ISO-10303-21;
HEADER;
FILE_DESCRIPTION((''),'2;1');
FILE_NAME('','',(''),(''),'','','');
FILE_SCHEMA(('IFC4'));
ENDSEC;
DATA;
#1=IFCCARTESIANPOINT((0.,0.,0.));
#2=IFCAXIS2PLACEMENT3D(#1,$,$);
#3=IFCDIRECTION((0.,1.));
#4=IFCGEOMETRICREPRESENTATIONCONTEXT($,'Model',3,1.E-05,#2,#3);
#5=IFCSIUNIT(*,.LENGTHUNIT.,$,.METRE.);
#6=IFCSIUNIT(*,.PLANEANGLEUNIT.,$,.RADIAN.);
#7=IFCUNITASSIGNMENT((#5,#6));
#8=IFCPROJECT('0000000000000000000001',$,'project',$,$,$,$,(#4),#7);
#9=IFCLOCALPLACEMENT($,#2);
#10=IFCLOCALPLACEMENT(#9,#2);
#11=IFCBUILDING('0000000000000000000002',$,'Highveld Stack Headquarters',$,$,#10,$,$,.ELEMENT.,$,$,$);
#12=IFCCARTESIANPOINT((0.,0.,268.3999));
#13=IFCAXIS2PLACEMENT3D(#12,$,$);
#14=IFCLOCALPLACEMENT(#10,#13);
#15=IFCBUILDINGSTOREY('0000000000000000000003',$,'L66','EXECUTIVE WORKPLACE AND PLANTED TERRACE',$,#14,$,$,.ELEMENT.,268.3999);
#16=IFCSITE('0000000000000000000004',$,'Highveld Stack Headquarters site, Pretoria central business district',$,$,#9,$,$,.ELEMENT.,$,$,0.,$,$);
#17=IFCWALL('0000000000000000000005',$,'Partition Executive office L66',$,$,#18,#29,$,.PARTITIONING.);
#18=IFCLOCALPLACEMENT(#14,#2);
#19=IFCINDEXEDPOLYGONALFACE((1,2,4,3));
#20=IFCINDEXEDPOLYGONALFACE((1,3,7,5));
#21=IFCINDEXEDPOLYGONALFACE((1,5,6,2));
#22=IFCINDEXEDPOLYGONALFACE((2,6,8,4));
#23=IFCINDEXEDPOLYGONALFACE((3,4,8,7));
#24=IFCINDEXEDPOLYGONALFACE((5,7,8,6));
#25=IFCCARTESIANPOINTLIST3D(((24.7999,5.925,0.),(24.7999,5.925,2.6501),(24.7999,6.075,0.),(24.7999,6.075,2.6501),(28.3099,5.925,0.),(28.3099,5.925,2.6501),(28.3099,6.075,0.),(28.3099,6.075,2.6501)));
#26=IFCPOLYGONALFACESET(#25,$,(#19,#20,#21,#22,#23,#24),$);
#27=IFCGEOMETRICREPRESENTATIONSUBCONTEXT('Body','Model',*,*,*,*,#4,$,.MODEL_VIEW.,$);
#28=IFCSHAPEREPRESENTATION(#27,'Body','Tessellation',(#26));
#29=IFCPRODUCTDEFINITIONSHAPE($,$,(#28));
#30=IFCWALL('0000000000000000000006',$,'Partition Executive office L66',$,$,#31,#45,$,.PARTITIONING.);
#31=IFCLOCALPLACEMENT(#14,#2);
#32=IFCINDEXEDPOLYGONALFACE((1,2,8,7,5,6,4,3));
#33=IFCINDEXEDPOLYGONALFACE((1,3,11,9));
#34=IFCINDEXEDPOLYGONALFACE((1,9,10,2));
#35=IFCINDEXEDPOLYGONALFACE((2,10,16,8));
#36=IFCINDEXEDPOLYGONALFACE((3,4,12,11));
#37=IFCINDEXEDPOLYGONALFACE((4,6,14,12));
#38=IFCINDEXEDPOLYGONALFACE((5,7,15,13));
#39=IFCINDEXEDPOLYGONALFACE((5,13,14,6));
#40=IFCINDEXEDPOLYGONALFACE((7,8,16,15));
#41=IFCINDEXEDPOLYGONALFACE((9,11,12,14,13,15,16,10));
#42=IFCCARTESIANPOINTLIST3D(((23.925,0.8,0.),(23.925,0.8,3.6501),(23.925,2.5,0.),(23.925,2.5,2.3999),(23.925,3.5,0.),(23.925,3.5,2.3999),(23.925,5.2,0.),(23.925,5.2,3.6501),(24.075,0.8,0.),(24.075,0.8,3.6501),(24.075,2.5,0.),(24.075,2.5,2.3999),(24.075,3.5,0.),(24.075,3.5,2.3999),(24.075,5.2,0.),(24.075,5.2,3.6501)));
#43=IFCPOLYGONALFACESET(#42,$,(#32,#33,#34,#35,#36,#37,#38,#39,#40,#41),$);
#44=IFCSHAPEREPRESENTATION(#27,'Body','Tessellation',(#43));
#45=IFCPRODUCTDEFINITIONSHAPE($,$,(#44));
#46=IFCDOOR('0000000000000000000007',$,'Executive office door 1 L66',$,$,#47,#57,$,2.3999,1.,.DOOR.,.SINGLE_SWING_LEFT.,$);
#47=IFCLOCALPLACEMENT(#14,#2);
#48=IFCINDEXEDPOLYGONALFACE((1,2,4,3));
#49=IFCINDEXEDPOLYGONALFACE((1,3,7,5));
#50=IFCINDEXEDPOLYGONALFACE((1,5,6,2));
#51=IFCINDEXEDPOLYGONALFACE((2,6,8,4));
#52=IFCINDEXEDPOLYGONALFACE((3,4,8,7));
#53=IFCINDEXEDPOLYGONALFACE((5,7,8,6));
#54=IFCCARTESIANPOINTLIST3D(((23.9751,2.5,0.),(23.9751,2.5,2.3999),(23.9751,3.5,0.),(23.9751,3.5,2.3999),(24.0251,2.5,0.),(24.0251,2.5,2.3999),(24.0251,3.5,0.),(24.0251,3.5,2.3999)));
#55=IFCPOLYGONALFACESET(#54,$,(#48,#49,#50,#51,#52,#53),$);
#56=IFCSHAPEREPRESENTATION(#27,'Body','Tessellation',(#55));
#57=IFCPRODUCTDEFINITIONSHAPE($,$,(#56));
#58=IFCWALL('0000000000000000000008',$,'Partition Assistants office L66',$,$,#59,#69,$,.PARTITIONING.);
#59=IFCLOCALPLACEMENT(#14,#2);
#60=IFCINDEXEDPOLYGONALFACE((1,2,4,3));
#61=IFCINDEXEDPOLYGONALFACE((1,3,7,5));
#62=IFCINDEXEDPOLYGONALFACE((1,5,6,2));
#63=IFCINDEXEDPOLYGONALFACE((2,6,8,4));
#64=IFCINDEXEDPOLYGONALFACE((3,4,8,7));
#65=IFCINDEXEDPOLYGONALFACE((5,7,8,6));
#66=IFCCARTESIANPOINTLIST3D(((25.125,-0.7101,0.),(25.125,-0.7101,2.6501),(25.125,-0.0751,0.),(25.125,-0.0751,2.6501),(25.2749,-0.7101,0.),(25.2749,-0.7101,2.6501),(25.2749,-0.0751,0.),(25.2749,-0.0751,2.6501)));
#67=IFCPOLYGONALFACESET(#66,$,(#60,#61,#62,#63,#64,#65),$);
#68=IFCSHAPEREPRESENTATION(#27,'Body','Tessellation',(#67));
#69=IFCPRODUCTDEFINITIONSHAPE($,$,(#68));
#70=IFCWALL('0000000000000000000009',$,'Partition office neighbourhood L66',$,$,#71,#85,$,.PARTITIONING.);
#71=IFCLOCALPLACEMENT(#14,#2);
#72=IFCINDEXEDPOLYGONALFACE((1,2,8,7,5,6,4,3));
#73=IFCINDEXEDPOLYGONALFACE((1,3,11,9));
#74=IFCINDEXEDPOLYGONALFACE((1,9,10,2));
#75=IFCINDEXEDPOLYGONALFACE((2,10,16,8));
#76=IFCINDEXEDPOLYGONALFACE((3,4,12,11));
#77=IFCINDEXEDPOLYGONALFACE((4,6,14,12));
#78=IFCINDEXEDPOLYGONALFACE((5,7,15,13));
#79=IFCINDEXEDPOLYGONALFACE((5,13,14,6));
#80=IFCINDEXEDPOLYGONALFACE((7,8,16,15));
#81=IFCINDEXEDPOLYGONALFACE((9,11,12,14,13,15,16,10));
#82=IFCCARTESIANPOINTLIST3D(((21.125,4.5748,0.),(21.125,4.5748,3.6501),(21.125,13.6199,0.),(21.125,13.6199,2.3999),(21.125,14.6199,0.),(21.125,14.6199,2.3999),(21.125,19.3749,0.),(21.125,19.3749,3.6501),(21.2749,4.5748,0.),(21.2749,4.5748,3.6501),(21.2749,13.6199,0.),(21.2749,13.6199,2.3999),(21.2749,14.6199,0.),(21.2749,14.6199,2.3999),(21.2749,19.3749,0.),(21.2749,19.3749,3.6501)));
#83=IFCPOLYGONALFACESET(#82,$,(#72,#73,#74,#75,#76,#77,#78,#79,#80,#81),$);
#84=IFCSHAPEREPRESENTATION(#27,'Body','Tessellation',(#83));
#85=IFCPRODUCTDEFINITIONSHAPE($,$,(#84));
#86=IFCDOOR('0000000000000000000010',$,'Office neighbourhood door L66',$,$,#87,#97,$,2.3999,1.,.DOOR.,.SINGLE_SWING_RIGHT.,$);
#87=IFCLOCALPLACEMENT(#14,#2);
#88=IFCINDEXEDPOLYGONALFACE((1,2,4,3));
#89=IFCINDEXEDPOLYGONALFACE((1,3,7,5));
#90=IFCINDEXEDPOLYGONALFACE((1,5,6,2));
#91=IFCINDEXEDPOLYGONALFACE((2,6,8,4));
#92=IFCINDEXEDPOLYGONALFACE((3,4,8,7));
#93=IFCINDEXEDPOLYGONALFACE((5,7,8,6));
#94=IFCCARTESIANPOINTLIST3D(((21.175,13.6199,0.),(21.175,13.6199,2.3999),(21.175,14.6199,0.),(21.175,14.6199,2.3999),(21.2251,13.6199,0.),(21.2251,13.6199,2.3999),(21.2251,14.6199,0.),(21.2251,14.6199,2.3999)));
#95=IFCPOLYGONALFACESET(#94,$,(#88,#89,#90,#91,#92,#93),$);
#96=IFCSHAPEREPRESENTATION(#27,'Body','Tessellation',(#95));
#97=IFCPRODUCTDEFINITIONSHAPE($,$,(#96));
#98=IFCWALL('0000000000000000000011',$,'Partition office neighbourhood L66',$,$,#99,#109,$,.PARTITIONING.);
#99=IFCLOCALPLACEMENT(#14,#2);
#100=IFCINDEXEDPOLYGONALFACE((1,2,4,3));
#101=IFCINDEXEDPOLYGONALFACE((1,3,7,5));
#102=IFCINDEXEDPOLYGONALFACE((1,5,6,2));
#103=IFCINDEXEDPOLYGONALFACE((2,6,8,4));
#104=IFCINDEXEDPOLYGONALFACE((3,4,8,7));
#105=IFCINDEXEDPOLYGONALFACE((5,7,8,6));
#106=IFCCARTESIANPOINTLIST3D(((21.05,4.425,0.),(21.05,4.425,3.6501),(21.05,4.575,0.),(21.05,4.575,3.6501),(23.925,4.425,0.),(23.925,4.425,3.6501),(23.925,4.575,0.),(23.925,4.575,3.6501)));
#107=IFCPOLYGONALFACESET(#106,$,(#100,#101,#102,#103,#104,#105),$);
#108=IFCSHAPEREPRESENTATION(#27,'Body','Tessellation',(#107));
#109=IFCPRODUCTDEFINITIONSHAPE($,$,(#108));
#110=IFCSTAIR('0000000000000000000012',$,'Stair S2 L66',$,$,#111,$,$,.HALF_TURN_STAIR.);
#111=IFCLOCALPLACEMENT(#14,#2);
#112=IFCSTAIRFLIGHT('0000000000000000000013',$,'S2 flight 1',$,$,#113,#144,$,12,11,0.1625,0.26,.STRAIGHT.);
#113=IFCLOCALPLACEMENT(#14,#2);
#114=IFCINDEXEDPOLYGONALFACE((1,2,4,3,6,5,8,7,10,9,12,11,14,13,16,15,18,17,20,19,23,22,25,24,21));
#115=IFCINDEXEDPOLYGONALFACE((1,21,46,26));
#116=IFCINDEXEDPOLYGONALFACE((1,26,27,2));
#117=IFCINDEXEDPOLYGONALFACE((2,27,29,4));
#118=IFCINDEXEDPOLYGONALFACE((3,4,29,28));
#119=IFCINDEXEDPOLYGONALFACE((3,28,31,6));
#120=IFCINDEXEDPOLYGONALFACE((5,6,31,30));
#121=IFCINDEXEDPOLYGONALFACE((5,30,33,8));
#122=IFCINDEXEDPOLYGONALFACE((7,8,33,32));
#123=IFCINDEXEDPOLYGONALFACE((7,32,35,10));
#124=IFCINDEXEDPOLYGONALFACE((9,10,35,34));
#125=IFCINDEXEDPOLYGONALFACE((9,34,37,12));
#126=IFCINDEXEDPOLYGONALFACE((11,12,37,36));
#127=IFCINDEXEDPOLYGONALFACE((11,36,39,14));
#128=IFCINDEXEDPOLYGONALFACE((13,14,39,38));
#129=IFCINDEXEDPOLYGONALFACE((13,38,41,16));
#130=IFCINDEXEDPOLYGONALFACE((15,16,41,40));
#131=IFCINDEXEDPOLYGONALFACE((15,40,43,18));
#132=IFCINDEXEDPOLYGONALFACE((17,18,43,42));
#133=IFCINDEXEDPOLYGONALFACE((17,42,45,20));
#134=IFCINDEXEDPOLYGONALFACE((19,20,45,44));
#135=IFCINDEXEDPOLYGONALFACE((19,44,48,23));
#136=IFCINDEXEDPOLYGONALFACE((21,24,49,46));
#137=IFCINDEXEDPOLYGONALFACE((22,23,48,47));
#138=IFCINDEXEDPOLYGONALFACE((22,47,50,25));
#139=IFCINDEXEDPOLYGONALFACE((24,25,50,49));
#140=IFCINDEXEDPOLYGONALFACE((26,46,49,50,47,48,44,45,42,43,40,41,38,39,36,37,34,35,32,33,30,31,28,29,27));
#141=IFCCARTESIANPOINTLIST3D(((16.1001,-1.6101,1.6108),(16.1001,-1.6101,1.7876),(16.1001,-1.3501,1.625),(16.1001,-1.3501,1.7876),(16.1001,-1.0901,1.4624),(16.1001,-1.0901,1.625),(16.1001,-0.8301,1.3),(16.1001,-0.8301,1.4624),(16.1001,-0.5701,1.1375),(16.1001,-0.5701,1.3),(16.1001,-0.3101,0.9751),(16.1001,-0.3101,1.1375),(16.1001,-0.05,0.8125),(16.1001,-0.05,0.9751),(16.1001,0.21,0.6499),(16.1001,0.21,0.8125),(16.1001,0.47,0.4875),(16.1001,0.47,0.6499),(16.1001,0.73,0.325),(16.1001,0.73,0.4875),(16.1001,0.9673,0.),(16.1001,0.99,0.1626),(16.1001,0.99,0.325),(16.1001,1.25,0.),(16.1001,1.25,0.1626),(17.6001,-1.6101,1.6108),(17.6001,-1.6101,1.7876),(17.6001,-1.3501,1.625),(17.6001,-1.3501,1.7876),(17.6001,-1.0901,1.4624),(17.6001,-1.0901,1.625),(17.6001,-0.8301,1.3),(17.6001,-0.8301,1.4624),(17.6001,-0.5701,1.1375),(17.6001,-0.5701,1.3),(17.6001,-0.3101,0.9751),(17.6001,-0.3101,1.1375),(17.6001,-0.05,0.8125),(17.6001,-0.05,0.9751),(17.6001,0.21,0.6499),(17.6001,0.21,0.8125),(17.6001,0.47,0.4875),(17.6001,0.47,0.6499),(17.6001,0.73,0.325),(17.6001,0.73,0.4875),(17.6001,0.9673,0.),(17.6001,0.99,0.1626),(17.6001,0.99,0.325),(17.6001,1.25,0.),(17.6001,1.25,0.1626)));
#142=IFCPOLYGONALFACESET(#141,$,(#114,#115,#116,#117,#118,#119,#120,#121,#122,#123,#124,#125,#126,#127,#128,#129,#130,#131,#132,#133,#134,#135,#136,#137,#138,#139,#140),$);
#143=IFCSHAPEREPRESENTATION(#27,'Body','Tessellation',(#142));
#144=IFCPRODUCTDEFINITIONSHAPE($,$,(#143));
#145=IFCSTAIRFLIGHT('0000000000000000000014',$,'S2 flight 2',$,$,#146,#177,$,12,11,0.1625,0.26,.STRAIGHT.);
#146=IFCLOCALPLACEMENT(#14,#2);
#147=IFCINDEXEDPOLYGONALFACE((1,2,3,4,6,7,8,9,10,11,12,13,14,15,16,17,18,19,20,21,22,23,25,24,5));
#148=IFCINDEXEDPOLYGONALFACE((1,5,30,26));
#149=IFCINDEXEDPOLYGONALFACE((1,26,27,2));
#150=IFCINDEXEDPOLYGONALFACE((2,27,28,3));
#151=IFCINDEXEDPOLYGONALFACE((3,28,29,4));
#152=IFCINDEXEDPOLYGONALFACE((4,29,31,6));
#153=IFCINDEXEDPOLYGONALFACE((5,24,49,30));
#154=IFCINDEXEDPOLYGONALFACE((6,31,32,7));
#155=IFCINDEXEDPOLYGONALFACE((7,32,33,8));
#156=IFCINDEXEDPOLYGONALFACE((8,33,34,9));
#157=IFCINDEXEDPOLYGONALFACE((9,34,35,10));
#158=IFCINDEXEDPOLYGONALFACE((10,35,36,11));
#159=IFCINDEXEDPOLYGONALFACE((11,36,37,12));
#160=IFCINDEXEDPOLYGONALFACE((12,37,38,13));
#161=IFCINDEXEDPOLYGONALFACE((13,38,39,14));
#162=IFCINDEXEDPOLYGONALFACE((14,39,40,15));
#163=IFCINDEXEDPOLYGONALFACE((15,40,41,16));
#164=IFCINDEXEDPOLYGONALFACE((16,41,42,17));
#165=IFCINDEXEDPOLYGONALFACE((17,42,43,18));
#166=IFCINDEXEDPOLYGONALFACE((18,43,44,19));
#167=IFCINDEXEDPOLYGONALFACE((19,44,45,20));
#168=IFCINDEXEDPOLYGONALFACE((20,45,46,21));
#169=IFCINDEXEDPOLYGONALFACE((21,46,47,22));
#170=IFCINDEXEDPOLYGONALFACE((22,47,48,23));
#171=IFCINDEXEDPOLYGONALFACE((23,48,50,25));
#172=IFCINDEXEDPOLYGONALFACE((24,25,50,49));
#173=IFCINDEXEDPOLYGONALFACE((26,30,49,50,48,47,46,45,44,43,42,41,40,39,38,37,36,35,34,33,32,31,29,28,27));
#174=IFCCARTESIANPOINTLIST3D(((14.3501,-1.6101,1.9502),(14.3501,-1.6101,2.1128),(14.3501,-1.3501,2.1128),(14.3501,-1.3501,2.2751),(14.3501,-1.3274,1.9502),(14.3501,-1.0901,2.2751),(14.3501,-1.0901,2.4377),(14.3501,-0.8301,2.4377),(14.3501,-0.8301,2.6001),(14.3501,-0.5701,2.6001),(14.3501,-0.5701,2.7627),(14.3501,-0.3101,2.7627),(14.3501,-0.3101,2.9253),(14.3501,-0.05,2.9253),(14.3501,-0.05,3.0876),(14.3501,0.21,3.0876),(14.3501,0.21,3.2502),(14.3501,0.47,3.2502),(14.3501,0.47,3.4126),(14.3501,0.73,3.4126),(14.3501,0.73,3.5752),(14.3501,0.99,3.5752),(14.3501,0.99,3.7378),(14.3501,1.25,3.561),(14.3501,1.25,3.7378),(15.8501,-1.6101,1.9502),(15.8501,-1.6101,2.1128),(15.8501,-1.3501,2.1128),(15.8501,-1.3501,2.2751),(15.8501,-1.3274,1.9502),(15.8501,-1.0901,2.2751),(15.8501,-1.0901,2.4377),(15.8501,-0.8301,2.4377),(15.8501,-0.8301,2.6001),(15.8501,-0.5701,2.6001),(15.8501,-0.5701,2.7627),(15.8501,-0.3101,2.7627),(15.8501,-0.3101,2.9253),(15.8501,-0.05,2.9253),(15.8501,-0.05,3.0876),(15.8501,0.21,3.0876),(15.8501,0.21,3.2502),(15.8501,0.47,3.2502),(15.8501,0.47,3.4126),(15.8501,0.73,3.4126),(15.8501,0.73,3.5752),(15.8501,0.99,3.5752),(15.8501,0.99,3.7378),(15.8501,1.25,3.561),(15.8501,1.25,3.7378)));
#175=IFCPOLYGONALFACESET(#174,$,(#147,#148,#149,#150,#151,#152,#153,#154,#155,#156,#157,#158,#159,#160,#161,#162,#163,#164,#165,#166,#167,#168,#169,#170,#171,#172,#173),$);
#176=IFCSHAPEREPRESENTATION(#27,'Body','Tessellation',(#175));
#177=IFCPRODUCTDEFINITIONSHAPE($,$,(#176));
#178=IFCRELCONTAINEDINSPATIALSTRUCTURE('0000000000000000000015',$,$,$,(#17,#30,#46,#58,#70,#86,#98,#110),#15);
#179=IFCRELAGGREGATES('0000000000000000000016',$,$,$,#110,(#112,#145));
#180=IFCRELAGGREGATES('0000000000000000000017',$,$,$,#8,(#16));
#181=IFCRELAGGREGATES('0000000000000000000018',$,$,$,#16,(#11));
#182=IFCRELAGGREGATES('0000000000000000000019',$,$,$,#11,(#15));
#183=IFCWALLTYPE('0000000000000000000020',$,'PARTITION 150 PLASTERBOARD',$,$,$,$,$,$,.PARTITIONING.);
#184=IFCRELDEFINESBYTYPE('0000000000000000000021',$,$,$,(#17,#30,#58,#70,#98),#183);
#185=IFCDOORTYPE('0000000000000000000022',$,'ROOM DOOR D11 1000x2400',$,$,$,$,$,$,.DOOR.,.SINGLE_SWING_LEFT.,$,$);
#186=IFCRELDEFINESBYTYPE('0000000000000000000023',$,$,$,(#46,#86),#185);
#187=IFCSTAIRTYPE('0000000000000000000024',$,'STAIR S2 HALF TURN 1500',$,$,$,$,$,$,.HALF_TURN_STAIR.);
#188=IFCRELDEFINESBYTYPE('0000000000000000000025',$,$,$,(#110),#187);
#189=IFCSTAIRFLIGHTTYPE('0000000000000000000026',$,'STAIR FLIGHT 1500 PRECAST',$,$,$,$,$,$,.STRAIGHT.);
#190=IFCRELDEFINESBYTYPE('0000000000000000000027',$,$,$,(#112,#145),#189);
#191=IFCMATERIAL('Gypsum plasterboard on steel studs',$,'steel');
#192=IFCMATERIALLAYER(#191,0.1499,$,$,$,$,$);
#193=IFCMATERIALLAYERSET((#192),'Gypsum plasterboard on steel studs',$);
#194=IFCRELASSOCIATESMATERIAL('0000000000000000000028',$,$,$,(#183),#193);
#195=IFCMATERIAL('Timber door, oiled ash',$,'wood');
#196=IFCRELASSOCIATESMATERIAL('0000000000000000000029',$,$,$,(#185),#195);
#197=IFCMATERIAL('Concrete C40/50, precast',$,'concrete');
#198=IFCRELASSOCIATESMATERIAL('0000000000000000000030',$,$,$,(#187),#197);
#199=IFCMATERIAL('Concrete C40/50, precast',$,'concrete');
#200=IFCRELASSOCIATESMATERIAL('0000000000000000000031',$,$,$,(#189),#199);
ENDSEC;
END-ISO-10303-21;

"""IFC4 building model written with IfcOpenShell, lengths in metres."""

from ifc_helpers import new_model, si_unit, direction, frame, frame_2d, origin, place, context, subcontext, project, spatial, polyline, rectangle, outline, extrude, material, layer, layer_set, type_object, element, fill, aggregate, save


model = new_model("IFC4")

# Units and contexts
model_context = context("Model", 3, precision=1e-05, world=origin(), true_north=direction((0.0, 1.0)))
body_context = subcontext(model_context, "Body", "Model", "MODEL_VIEW")
ifc_project = project(units=[si_unit("LENGTHUNIT", "METRE"), si_unit("PLANEANGLEUNIT", "RADIAN")], contexts=[model_context])

# Site, building, storey
site_placement = place(None, origin())
site = spatial("IfcSite", under=ifc_project, at=site_placement, Name="Highveld Stack Headquarters site, Pretoria central business district", CompositionType="ELEMENT", RefElevation=0.0)
building_placement = place(site_placement, origin())
building = spatial("IfcBuilding", under=site, at=building_placement, Name="Highveld Stack Headquarters", CompositionType="ELEMENT")
storey_placement = place(building_placement, frame((0.0, 0.0, 268.3999)))
storey = spatial("IfcBuildingStorey", under=building, at=storey_placement, Name="L66", Description="EXECUTIVE WORKPLACE AND PLANTED TERRACE", CompositionType="ELEMENT", Elevation=268.3999)

# Wall
ifc_material_1 = material(Name="Gypsum plasterboard on steel studs", Category="steel")
ifc_layer_1 = layer(ifc_material_1, 0.1499)
ifc_layer_set_1 = layer_set([ifc_layer_1], Name="Gypsum plasterboard on steel studs")
wall_type_1 = type_object("IfcWallType", Name="PARTITION 150 PLASTERBOARD", PredefinedType="PARTITIONING", material=ifc_layer_set_1)
wall_1_placement = place(storey_placement, frame((24.8, 6.0, 0.0), z_axis=(0.0, 0.0, 1.0), x_axis=(1.0, 0.0, 0.0)))
element("IfcWall", 1, at=wall_1_placement, inside=storey, type_object=wall_type_1, Name="Partition Executive office L66", PredefinedType="PARTITIONING", context=body_context, shape_type="SweptSolid", body=[
    extrude(rectangle(XDim=3.51, YDim=0.1499, at=frame_2d((1.7549, 0.0))), origin(), (0.0, 0.0, 1.0), 2.6501),
])

# Wall, opening, door
wall_2_placement = place(storey_placement, frame((24.0, 0.8, 0.0), z_axis=(0.0, 0.0, 1.0), x_axis=(0.0, 1.0, 0.0)))
wall_2 = element("IfcWall", 2, at=wall_2_placement, inside=storey, type_object=wall_type_1, Name="Partition Executive office L66", PredefinedType="PARTITIONING", context=body_context, shape_type="SweptSolid", body=[
    extrude(rectangle(XDim=4.3999, YDim=0.1499, at=frame_2d((2.2, 0.0))), origin(), (0.0, 0.0, 1.0), 3.6501),
])
opening_1_placement = place(wall_2_placement, frame((1.7, 0.0, 0.0)))
opening_1 = element("IfcOpeningElement", 3, at=opening_1_placement, cuts=wall_2, PredefinedType="OPENING", context=body_context, shape_type="SweptSolid", body=[
    extrude(rectangle(XDim=1.0, YDim=2.3999, at=frame_2d((0.5, 1.2))), frame((0.0, 0.085, 0.0), z_axis=(0.0, -1.0, 0.0), x_axis=(1.0, 0.0, 0.0)), (0.0, 0.0, 1.0), 0.1699),
])
ifc_material_2 = material(Name="Timber door, oiled ash", Category="wood")
door_type_1 = type_object("IfcDoorType", Name="ROOM DOOR D11 1000x2400", OperationType="SINGLE_SWING_LEFT", PredefinedType="DOOR", material=ifc_material_2)
door_1_placement = place(opening_1_placement, origin())
door_1 = element("IfcDoor", 4, at=door_1_placement, inside=storey, type_object=door_type_1, Name="Executive office door 1 L66", OperationType="SINGLE_SWING_LEFT", OverallHeight=2.3999, OverallWidth=1.0, PredefinedType="DOOR", context=body_context, shape_type="SweptSolid", body=[
    extrude(rectangle(XDim=1.0, YDim=2.3999, at=frame_2d((0.5, 1.2))), frame((0.0, 0.0249, 0.0), z_axis=(0.0, -1.0, 0.0), x_axis=(1.0, 0.0, 0.0)), (0.0, 0.0, 1.0), 0.05),
])
fill(opening_1, door_1)

# Wall
wall_3_placement = place(storey_placement, frame((25.2, -0.71, 0.0), z_axis=(0.0, 0.0, 1.0), x_axis=(0.0, 1.0, 0.0)))
element("IfcWall", 5, at=wall_3_placement, inside=storey, type_object=wall_type_1, Name="Partition Assistants office L66", PredefinedType="PARTITIONING", context=body_context, shape_type="SweptSolid", body=[
    extrude(rectangle(XDim=0.635, YDim=0.1499, at=frame_2d((0.3174, 0.0))), origin(), (0.0, 0.0, 1.0), 2.6501),
])

# Wall, opening, door
wall_4_placement = place(storey_placement, frame((21.2, 4.575, 0.0), z_axis=(0.0, 0.0, 1.0), x_axis=(0.0, 1.0, 0.0)))
wall_4 = element("IfcWall", 6, at=wall_4_placement, inside=storey, type_object=wall_type_1, Name="Partition office neighbourhood L66", PredefinedType="PARTITIONING", context=body_context, shape_type="SweptSolid", body=[
    extrude(rectangle(XDim=14.8, YDim=0.1499, at=frame_2d((7.3999, 0.0))), origin(), (0.0, 0.0, 1.0), 3.6501),
])
opening_2_placement = place(wall_4_placement, frame((9.0449, 0.0, 0.0)))
opening_2 = element("IfcOpeningElement", 7, at=opening_2_placement, cuts=wall_4, PredefinedType="OPENING", context=body_context, shape_type="SweptSolid", body=[
    extrude(rectangle(XDim=1.0, YDim=2.3999, at=frame_2d((0.5, 1.2))), frame((0.0, 0.085, 0.0), z_axis=(0.0, -1.0, 0.0), x_axis=(1.0, 0.0, 0.0)), (0.0, 0.0, 1.0), 0.1699),
])
door_2_placement = place(opening_2_placement, origin())
door_2 = element("IfcDoor", 8, at=door_2_placement, inside=storey, type_object=door_type_1, Name="Office neighbourhood door L66", OperationType="SINGLE_SWING_RIGHT", OverallHeight=2.3999, OverallWidth=1.0, PredefinedType="DOOR", context=body_context, shape_type="SweptSolid", body=[
    extrude(rectangle(XDim=1.0, YDim=2.3999, at=frame_2d((0.5, 1.2))), frame((0.0, 0.0249, 0.0), z_axis=(0.0, -1.0, 0.0), x_axis=(1.0, 0.0, 0.0)), (0.0, 0.0, 1.0), 0.05),
])
fill(opening_2, door_2)

# Wall
wall_5_placement = place(storey_placement, frame((21.05, 4.5, 0.0), z_axis=(0.0, 0.0, 1.0), x_axis=(1.0, 0.0, 0.0)))
element("IfcWall", 9, at=wall_5_placement, inside=storey, type_object=wall_type_1, Name="Partition office neighbourhood L66", PredefinedType="PARTITIONING", context=body_context, shape_type="SweptSolid", body=[
    extrude(rectangle(XDim=2.875, YDim=0.1499, at=frame_2d((1.4375, 0.0))), origin(), (0.0, 0.0, 1.0), 3.6501),
])

# Stair, stair flights
ifc_material_3 = material(Name="Concrete C40/50, precast", Category="concrete")
stair_type = type_object("IfcStairType", Name="STAIR S2 HALF TURN 1500", PredefinedType="HALF_TURN_STAIR", material=ifc_material_3)
stair_placement = place(storey_placement, origin())
stair = element("IfcStair", 10, at=stair_placement, inside=storey, type_object=stair_type, Name="Stair S2 L66", PredefinedType="HALF_TURN_STAIR")
ifc_material_4 = material(Name="Concrete C40/50, precast", Category="concrete")
stair_flight_type = type_object("IfcStairFlightType", Name="STAIR FLIGHT 1500 PRECAST", PredefinedType="STRAIGHT", material=ifc_material_4)
stair_flight_1_placement = place(storey_placement, frame((16.8501, 1.25, 0.0), z_axis=(0.0, 0.0, 1.0), x_axis=(0.0, -1.0, 0.0)))
stair_flight_1 = element("IfcStairFlight", 11, at=stair_flight_1_placement, type_object=stair_flight_type, Name="S2 flight 1", NumberOfRisers=12, NumberOfTreads=11, PredefinedType="STRAIGHT", RiserHeight=0.1625, TreadLength=0.26, context=body_context, shape_type="SweptSolid", body=[
    extrude(outline(polyline([(0.0, 0.0), (0.0, 0.1626), (0.26, 0.1626), (0.26, 0.325), (0.52, 0.325), (0.52, 0.4875), (0.78, 0.4875), (0.78, 0.6499), (1.04, 0.6499), (1.04, 0.8125), (1.3, 0.8125), (1.3, 0.9751), (1.5601, 0.9751), (1.5601, 1.1375), (1.8201, 1.1375), (1.8201, 1.3), (2.0801, 1.3), (2.0801, 1.4624), (2.3401, 1.4624), (2.3401, 1.625), (2.6001, 1.625), (2.6001, 1.7876), (2.8601, 1.7876), (2.8601, 1.95), (2.8601, 1.6108), (0.2827, 0.0), (0.0, 0.0)])), frame((0.0, 0.75, 0.0), z_axis=(0.0, -1.0, 0.0), x_axis=(1.0, 0.0, 0.0)), (0.0, 0.0, 1.0), 1.5),
])
stair_flight_2_placement = place(storey_placement, frame((15.1001, -1.6101, 1.9502), z_axis=(0.0, 0.0, 1.0), x_axis=(0.0, 1.0, 0.0)))
stair_flight_2 = element("IfcStairFlight", 12, at=stair_flight_2_placement, type_object=stair_flight_type, Name="S2 flight 2", NumberOfRisers=12, NumberOfTreads=11, PredefinedType="STRAIGHT", RiserHeight=0.1625, TreadLength=0.26, context=body_context, shape_type="SweptSolid", body=[
    extrude(outline(polyline([(0.0, 0.0), (0.0, 0.1626), (0.26, 0.1626), (0.26, 0.325), (0.52, 0.325), (0.52, 0.4875), (0.78, 0.4875), (0.78, 0.6499), (1.04, 0.6499), (1.04, 0.8125), (1.3, 0.8125), (1.3, 0.9751), (1.5601, 0.9751), (1.5601, 1.1375), (1.8201, 1.1375), (1.8201, 1.3), (2.0801, 1.3), (2.0801, 1.4624), (2.3401, 1.4624), (2.3401, 1.625), (2.6001, 1.625), (2.6001, 1.7876), (2.8601, 1.7876), (2.8601, 1.95), (2.8601, 1.6108), (0.2827, 0.0), (0.0, 0.0)])), frame((0.0, 0.75, 0.0), z_axis=(0.0, -1.0, 0.0), x_axis=(1.0, 0.0, 0.0)), (0.0, 0.0, 1.0), 1.5),
])
aggregate(stair, [stair_flight_1, stair_flight_2])

save(model, "model.ifc")
